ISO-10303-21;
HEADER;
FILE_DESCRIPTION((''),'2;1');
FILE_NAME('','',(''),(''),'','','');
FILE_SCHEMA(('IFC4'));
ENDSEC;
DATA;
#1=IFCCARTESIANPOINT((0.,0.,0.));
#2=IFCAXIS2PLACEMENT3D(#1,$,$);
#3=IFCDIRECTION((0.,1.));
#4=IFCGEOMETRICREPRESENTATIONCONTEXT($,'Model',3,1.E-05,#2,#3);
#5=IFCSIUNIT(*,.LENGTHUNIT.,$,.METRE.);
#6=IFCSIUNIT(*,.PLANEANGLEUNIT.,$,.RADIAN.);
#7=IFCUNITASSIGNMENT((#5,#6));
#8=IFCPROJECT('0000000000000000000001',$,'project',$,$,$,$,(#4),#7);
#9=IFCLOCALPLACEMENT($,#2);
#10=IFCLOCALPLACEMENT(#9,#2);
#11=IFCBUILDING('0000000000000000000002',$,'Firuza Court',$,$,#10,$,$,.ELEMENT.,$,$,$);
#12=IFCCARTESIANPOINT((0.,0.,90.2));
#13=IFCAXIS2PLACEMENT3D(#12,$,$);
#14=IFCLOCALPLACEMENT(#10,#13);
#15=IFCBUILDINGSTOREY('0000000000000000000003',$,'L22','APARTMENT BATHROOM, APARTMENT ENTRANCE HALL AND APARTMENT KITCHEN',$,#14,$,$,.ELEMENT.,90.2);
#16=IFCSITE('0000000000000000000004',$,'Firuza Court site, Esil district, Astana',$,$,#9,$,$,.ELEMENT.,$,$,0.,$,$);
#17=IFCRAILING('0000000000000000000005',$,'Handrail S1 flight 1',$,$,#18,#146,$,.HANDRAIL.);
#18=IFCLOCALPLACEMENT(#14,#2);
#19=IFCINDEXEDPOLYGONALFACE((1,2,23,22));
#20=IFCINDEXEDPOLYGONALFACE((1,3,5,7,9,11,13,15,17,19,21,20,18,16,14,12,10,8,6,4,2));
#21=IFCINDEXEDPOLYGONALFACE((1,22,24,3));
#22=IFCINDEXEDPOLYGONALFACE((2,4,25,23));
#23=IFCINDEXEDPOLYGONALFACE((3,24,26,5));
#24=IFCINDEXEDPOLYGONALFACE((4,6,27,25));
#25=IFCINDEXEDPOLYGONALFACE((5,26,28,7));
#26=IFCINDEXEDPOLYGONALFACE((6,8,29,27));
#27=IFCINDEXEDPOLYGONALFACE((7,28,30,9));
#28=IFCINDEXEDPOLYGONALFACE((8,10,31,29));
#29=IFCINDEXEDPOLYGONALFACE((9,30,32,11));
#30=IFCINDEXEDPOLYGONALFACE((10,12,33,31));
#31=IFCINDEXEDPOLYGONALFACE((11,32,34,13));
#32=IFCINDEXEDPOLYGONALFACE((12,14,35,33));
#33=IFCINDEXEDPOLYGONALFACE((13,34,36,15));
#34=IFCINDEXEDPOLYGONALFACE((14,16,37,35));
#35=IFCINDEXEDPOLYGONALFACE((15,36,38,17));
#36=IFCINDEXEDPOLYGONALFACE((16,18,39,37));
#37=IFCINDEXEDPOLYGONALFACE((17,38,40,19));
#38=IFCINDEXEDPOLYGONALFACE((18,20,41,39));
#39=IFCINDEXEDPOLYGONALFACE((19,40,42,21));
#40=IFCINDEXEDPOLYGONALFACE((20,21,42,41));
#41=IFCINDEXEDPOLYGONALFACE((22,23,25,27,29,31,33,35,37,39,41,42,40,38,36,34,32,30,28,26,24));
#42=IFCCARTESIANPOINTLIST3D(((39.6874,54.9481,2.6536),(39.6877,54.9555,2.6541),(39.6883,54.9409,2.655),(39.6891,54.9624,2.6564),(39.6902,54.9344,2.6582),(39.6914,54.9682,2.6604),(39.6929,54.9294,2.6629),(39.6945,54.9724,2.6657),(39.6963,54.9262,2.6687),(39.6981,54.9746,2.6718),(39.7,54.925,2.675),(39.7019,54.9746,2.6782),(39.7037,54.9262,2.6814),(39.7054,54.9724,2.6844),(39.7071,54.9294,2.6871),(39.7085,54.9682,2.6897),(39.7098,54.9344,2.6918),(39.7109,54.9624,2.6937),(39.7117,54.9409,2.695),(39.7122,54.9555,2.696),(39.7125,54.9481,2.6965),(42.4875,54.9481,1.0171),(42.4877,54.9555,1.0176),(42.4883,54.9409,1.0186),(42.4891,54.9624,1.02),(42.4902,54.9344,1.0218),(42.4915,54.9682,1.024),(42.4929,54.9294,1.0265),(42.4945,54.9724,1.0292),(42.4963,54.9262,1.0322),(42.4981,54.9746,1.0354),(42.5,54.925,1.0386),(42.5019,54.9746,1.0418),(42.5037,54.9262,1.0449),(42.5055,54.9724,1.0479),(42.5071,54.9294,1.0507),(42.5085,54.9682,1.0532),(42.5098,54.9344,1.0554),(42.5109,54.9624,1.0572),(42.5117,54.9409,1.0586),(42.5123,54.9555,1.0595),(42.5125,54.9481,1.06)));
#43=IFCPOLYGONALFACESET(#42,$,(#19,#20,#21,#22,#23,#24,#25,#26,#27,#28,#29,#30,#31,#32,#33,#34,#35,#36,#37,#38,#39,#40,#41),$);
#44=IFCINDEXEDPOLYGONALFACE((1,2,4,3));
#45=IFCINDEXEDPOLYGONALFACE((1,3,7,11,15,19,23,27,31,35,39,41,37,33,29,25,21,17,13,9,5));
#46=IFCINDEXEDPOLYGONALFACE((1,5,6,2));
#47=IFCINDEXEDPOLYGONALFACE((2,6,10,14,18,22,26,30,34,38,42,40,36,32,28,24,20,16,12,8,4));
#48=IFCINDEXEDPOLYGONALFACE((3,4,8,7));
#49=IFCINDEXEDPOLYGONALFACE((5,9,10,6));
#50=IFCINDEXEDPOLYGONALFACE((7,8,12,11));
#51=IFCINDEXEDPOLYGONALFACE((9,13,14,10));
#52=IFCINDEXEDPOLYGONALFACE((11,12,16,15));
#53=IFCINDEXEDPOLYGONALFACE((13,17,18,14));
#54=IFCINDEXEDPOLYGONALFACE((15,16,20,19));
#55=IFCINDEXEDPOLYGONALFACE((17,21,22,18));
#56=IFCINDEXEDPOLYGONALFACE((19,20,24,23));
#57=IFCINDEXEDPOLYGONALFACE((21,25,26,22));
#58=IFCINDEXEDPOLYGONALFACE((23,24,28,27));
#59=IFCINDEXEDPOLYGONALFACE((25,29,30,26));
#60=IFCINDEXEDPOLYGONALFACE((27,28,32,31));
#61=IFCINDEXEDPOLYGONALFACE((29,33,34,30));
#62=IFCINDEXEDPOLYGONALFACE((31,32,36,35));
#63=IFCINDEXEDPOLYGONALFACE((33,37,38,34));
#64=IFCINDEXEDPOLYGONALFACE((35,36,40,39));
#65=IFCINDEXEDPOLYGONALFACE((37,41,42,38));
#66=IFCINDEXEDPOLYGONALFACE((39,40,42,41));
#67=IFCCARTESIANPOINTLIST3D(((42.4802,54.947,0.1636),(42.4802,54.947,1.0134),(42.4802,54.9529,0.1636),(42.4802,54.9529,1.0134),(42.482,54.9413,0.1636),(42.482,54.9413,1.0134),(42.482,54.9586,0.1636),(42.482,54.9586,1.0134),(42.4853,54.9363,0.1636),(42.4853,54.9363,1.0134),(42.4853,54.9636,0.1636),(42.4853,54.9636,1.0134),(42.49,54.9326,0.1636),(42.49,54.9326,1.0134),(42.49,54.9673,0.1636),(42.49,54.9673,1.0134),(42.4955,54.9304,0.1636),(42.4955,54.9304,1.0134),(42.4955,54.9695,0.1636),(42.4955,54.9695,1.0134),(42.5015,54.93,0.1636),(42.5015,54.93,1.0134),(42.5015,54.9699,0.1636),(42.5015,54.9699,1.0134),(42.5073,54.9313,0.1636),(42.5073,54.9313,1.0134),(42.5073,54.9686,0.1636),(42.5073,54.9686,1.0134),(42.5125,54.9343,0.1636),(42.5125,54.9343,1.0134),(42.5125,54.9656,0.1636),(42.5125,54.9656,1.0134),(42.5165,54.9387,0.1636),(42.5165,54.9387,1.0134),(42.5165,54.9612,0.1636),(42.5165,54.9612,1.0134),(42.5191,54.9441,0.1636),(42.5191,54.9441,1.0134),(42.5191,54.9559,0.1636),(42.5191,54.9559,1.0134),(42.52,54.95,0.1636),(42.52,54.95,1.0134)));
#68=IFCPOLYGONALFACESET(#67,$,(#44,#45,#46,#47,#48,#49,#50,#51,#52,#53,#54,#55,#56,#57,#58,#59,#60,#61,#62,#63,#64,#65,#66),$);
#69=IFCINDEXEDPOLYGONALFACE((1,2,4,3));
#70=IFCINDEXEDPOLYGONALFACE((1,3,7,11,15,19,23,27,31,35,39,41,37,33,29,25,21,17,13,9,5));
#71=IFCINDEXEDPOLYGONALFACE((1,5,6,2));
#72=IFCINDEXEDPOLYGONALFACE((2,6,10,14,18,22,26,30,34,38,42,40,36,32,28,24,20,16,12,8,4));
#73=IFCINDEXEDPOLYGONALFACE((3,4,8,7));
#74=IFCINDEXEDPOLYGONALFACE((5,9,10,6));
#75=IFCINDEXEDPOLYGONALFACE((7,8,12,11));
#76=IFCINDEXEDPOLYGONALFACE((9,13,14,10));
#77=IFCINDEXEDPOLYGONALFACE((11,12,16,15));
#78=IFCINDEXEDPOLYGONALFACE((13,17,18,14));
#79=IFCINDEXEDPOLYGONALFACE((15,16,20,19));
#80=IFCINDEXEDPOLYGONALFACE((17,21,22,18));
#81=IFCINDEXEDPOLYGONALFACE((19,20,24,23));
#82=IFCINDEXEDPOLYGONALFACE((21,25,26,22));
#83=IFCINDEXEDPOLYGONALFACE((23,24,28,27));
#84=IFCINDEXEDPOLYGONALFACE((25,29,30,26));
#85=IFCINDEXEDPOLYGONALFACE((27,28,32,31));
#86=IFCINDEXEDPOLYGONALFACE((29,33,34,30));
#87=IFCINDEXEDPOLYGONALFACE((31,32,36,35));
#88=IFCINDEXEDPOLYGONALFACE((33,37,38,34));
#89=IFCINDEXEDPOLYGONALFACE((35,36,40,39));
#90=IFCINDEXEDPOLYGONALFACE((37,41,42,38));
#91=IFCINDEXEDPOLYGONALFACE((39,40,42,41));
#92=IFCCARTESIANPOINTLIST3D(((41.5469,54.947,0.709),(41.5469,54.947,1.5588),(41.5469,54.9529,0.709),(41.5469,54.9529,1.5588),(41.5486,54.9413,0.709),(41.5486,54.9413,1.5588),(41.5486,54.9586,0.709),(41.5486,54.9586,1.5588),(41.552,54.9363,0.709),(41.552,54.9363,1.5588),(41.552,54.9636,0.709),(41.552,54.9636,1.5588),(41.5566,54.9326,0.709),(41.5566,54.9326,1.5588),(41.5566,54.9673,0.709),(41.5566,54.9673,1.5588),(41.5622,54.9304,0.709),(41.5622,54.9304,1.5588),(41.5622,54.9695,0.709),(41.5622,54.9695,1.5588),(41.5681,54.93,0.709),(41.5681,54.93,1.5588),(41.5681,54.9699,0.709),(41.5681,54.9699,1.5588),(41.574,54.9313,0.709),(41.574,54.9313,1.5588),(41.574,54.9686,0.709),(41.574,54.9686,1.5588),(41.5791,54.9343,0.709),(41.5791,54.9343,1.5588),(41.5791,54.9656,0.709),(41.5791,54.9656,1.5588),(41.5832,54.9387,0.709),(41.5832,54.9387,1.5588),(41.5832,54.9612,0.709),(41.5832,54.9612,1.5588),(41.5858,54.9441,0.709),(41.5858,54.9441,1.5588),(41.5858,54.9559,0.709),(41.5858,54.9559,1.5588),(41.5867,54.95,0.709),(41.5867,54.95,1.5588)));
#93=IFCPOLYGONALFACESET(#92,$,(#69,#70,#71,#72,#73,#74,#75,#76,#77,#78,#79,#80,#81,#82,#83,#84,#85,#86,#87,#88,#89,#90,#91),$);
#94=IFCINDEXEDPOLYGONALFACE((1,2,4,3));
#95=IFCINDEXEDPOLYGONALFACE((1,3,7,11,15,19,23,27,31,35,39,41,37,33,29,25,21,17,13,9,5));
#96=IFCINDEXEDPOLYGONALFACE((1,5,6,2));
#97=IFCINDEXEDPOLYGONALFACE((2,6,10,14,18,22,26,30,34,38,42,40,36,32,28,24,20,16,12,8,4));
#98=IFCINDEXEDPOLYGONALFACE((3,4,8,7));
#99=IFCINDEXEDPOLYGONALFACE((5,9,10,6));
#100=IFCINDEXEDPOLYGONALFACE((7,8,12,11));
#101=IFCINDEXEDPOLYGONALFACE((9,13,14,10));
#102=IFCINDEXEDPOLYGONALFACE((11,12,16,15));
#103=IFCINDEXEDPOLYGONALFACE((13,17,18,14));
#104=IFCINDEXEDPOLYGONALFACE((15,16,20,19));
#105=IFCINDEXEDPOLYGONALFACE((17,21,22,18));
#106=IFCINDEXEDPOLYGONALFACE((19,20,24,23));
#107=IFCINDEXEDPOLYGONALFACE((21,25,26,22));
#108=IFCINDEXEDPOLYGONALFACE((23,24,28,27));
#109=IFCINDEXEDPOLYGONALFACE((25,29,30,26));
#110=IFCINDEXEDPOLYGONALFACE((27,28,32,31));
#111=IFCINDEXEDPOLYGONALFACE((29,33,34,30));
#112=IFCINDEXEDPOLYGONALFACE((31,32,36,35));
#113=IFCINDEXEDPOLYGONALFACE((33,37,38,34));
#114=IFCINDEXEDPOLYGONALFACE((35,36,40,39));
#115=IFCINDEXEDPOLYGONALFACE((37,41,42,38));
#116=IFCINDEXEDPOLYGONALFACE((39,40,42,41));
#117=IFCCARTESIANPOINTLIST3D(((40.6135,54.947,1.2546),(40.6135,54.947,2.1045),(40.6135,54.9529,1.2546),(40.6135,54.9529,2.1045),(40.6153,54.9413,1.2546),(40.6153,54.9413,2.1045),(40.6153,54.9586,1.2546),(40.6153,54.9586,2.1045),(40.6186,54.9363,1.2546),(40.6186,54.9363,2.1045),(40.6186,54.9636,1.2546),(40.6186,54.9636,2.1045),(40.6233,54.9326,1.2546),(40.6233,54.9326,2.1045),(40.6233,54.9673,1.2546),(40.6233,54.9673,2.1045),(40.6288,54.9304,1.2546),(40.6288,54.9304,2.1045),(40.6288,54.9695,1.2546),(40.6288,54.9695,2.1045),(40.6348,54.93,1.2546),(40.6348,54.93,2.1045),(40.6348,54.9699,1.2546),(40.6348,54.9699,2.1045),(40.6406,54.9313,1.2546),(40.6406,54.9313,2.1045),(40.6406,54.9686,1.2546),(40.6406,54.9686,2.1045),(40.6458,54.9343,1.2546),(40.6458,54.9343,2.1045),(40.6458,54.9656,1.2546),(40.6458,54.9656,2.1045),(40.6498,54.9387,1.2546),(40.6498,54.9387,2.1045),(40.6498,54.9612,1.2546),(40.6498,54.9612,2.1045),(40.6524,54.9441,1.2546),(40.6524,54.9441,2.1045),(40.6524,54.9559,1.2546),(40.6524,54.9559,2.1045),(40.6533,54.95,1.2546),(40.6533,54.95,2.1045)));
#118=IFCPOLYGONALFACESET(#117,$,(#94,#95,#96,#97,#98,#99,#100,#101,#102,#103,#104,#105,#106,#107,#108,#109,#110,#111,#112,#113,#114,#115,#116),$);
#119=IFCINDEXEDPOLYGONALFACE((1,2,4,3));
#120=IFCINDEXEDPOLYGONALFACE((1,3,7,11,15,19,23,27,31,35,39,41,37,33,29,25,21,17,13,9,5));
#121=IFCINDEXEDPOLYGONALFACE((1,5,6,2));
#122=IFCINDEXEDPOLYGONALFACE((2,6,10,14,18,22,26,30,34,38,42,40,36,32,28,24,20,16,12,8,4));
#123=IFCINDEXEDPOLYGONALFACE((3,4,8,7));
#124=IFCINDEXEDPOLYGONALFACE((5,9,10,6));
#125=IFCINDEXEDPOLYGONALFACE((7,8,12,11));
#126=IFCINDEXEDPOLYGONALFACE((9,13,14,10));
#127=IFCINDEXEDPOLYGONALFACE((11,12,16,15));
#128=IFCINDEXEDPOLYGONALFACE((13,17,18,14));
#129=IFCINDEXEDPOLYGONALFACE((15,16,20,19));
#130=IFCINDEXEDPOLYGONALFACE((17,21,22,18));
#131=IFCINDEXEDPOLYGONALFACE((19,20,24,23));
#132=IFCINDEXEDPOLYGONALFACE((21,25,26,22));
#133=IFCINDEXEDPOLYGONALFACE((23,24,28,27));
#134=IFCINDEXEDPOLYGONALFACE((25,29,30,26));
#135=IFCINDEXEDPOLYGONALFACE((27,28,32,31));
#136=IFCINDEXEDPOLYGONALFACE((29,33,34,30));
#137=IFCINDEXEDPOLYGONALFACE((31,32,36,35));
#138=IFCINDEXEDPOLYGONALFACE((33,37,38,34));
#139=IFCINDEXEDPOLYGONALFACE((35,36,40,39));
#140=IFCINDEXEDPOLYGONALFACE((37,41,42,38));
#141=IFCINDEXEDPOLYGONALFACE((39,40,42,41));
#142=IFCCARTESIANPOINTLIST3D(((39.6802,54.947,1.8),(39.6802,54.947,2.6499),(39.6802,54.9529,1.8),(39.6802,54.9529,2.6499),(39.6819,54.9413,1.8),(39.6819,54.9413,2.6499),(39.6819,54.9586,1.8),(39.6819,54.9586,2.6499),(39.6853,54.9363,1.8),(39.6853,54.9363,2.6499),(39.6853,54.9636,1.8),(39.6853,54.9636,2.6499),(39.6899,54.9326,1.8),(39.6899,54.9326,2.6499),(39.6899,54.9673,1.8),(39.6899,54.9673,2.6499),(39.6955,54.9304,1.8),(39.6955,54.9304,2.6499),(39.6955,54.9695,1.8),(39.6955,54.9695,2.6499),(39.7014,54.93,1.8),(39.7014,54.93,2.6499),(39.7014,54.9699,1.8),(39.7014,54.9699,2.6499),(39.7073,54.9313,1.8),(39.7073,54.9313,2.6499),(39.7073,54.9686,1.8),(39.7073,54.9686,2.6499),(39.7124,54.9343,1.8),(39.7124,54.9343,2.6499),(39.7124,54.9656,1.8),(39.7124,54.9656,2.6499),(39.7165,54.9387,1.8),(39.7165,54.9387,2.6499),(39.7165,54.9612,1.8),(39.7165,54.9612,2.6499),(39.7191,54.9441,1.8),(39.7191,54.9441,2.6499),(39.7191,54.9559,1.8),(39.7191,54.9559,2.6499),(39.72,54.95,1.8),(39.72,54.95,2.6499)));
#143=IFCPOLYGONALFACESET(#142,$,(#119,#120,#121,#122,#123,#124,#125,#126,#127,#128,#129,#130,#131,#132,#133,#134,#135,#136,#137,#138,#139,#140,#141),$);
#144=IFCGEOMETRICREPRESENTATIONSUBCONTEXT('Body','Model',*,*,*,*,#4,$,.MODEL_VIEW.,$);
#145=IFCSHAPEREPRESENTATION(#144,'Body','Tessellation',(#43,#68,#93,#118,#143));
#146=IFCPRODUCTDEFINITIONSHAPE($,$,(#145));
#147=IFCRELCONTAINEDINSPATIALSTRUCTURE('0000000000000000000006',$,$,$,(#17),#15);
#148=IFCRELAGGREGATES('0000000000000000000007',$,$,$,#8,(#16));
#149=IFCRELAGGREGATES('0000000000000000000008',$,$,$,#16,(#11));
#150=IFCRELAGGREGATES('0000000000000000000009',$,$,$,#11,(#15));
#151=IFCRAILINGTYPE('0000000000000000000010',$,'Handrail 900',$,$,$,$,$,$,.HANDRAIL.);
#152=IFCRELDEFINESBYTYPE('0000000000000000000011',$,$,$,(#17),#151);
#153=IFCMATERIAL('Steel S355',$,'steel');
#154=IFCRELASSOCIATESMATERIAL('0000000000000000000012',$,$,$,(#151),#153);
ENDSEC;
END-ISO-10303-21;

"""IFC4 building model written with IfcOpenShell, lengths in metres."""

from ifc_helpers import new_model, si_unit, direction, frame, origin, origin_2d, place, context, subcontext, project, spatial, circle, extrude, material, type_object, element, save


model = new_model("IFC4")

# Units and contexts
model_context = context("Model", 3, precision=1e-05, world=origin(), true_north=direction((0.0, 1.0)))
body_context = subcontext(model_context, "Body", "Model", "MODEL_VIEW")
ifc_project = project(units=[si_unit("LENGTHUNIT", "METRE"), si_unit("PLANEANGLEUNIT", "RADIAN")], contexts=[model_context])

# Site, building, storey
site_placement = place(None, origin())
site = spatial("IfcSite", under=ifc_project, at=site_placement, Name="Firuza Court site, Esil district, Astana", CompositionType="ELEMENT", RefElevation=0.0)
building_placement = place(site_placement, origin())
building = spatial("IfcBuilding", under=site, at=building_placement, Name="Firuza Court", CompositionType="ELEMENT")
storey_placement = place(building_placement, frame((0.0, 0.0, 90.2)))
storey = spatial("IfcBuildingStorey", under=building, at=storey_placement, Name="L22", Description="APARTMENT BATHROOM, APARTMENT ENTRANCE HALL AND APARTMENT KITCHEN", CompositionType="ELEMENT", Elevation=90.2)

# Railing
ifc_material_1 = material(Name="Steel S355", Category="steel")
railing_type_1 = type_object("IfcRailingType", Name="Handrail 900", PredefinedType="HANDRAIL", material=ifc_material_1)
railing_1_placement = place(storey_placement, frame((42.5, 54.95, 0.1636)))
element("IfcRailing", 1, at=railing_1_placement, inside=storey, type_object=railing_type_1, Name="Handrail S1 flight 1", PredefinedType="HANDRAIL", context=body_context, shape_type="SweptSolid", body=[
    extrude(circle(Radius=0.0249, at=origin_2d()), frame((0.0, 0.0, 0.875), z_axis=(-0.863361, 0.0, 0.504587), x_axis=(0.0, -1.0, 0.0)), (0.0, 0.0, 1.0), 3.2432),
    extrude(circle(Radius=0.02, at=origin_2d()), origin(), (0.0, 0.0, 1.0), 0.8499),
    extrude(circle(Radius=0.02, at=origin_2d()), frame((-0.9333, 0.0, 0.5454)), (0.0, 0.0, 1.0), 0.8499),
    extrude(circle(Radius=0.02, at=origin_2d()), frame((-1.8667, 0.0, 1.0911)), (0.0, 0.0, 1.0), 0.8499),
    extrude(circle(Radius=0.02, at=origin_2d()), frame((-2.8, 0.0, 1.6365)), (0.0, 0.0, 1.0), 0.8499),
])

save(model, "model.ifc")
